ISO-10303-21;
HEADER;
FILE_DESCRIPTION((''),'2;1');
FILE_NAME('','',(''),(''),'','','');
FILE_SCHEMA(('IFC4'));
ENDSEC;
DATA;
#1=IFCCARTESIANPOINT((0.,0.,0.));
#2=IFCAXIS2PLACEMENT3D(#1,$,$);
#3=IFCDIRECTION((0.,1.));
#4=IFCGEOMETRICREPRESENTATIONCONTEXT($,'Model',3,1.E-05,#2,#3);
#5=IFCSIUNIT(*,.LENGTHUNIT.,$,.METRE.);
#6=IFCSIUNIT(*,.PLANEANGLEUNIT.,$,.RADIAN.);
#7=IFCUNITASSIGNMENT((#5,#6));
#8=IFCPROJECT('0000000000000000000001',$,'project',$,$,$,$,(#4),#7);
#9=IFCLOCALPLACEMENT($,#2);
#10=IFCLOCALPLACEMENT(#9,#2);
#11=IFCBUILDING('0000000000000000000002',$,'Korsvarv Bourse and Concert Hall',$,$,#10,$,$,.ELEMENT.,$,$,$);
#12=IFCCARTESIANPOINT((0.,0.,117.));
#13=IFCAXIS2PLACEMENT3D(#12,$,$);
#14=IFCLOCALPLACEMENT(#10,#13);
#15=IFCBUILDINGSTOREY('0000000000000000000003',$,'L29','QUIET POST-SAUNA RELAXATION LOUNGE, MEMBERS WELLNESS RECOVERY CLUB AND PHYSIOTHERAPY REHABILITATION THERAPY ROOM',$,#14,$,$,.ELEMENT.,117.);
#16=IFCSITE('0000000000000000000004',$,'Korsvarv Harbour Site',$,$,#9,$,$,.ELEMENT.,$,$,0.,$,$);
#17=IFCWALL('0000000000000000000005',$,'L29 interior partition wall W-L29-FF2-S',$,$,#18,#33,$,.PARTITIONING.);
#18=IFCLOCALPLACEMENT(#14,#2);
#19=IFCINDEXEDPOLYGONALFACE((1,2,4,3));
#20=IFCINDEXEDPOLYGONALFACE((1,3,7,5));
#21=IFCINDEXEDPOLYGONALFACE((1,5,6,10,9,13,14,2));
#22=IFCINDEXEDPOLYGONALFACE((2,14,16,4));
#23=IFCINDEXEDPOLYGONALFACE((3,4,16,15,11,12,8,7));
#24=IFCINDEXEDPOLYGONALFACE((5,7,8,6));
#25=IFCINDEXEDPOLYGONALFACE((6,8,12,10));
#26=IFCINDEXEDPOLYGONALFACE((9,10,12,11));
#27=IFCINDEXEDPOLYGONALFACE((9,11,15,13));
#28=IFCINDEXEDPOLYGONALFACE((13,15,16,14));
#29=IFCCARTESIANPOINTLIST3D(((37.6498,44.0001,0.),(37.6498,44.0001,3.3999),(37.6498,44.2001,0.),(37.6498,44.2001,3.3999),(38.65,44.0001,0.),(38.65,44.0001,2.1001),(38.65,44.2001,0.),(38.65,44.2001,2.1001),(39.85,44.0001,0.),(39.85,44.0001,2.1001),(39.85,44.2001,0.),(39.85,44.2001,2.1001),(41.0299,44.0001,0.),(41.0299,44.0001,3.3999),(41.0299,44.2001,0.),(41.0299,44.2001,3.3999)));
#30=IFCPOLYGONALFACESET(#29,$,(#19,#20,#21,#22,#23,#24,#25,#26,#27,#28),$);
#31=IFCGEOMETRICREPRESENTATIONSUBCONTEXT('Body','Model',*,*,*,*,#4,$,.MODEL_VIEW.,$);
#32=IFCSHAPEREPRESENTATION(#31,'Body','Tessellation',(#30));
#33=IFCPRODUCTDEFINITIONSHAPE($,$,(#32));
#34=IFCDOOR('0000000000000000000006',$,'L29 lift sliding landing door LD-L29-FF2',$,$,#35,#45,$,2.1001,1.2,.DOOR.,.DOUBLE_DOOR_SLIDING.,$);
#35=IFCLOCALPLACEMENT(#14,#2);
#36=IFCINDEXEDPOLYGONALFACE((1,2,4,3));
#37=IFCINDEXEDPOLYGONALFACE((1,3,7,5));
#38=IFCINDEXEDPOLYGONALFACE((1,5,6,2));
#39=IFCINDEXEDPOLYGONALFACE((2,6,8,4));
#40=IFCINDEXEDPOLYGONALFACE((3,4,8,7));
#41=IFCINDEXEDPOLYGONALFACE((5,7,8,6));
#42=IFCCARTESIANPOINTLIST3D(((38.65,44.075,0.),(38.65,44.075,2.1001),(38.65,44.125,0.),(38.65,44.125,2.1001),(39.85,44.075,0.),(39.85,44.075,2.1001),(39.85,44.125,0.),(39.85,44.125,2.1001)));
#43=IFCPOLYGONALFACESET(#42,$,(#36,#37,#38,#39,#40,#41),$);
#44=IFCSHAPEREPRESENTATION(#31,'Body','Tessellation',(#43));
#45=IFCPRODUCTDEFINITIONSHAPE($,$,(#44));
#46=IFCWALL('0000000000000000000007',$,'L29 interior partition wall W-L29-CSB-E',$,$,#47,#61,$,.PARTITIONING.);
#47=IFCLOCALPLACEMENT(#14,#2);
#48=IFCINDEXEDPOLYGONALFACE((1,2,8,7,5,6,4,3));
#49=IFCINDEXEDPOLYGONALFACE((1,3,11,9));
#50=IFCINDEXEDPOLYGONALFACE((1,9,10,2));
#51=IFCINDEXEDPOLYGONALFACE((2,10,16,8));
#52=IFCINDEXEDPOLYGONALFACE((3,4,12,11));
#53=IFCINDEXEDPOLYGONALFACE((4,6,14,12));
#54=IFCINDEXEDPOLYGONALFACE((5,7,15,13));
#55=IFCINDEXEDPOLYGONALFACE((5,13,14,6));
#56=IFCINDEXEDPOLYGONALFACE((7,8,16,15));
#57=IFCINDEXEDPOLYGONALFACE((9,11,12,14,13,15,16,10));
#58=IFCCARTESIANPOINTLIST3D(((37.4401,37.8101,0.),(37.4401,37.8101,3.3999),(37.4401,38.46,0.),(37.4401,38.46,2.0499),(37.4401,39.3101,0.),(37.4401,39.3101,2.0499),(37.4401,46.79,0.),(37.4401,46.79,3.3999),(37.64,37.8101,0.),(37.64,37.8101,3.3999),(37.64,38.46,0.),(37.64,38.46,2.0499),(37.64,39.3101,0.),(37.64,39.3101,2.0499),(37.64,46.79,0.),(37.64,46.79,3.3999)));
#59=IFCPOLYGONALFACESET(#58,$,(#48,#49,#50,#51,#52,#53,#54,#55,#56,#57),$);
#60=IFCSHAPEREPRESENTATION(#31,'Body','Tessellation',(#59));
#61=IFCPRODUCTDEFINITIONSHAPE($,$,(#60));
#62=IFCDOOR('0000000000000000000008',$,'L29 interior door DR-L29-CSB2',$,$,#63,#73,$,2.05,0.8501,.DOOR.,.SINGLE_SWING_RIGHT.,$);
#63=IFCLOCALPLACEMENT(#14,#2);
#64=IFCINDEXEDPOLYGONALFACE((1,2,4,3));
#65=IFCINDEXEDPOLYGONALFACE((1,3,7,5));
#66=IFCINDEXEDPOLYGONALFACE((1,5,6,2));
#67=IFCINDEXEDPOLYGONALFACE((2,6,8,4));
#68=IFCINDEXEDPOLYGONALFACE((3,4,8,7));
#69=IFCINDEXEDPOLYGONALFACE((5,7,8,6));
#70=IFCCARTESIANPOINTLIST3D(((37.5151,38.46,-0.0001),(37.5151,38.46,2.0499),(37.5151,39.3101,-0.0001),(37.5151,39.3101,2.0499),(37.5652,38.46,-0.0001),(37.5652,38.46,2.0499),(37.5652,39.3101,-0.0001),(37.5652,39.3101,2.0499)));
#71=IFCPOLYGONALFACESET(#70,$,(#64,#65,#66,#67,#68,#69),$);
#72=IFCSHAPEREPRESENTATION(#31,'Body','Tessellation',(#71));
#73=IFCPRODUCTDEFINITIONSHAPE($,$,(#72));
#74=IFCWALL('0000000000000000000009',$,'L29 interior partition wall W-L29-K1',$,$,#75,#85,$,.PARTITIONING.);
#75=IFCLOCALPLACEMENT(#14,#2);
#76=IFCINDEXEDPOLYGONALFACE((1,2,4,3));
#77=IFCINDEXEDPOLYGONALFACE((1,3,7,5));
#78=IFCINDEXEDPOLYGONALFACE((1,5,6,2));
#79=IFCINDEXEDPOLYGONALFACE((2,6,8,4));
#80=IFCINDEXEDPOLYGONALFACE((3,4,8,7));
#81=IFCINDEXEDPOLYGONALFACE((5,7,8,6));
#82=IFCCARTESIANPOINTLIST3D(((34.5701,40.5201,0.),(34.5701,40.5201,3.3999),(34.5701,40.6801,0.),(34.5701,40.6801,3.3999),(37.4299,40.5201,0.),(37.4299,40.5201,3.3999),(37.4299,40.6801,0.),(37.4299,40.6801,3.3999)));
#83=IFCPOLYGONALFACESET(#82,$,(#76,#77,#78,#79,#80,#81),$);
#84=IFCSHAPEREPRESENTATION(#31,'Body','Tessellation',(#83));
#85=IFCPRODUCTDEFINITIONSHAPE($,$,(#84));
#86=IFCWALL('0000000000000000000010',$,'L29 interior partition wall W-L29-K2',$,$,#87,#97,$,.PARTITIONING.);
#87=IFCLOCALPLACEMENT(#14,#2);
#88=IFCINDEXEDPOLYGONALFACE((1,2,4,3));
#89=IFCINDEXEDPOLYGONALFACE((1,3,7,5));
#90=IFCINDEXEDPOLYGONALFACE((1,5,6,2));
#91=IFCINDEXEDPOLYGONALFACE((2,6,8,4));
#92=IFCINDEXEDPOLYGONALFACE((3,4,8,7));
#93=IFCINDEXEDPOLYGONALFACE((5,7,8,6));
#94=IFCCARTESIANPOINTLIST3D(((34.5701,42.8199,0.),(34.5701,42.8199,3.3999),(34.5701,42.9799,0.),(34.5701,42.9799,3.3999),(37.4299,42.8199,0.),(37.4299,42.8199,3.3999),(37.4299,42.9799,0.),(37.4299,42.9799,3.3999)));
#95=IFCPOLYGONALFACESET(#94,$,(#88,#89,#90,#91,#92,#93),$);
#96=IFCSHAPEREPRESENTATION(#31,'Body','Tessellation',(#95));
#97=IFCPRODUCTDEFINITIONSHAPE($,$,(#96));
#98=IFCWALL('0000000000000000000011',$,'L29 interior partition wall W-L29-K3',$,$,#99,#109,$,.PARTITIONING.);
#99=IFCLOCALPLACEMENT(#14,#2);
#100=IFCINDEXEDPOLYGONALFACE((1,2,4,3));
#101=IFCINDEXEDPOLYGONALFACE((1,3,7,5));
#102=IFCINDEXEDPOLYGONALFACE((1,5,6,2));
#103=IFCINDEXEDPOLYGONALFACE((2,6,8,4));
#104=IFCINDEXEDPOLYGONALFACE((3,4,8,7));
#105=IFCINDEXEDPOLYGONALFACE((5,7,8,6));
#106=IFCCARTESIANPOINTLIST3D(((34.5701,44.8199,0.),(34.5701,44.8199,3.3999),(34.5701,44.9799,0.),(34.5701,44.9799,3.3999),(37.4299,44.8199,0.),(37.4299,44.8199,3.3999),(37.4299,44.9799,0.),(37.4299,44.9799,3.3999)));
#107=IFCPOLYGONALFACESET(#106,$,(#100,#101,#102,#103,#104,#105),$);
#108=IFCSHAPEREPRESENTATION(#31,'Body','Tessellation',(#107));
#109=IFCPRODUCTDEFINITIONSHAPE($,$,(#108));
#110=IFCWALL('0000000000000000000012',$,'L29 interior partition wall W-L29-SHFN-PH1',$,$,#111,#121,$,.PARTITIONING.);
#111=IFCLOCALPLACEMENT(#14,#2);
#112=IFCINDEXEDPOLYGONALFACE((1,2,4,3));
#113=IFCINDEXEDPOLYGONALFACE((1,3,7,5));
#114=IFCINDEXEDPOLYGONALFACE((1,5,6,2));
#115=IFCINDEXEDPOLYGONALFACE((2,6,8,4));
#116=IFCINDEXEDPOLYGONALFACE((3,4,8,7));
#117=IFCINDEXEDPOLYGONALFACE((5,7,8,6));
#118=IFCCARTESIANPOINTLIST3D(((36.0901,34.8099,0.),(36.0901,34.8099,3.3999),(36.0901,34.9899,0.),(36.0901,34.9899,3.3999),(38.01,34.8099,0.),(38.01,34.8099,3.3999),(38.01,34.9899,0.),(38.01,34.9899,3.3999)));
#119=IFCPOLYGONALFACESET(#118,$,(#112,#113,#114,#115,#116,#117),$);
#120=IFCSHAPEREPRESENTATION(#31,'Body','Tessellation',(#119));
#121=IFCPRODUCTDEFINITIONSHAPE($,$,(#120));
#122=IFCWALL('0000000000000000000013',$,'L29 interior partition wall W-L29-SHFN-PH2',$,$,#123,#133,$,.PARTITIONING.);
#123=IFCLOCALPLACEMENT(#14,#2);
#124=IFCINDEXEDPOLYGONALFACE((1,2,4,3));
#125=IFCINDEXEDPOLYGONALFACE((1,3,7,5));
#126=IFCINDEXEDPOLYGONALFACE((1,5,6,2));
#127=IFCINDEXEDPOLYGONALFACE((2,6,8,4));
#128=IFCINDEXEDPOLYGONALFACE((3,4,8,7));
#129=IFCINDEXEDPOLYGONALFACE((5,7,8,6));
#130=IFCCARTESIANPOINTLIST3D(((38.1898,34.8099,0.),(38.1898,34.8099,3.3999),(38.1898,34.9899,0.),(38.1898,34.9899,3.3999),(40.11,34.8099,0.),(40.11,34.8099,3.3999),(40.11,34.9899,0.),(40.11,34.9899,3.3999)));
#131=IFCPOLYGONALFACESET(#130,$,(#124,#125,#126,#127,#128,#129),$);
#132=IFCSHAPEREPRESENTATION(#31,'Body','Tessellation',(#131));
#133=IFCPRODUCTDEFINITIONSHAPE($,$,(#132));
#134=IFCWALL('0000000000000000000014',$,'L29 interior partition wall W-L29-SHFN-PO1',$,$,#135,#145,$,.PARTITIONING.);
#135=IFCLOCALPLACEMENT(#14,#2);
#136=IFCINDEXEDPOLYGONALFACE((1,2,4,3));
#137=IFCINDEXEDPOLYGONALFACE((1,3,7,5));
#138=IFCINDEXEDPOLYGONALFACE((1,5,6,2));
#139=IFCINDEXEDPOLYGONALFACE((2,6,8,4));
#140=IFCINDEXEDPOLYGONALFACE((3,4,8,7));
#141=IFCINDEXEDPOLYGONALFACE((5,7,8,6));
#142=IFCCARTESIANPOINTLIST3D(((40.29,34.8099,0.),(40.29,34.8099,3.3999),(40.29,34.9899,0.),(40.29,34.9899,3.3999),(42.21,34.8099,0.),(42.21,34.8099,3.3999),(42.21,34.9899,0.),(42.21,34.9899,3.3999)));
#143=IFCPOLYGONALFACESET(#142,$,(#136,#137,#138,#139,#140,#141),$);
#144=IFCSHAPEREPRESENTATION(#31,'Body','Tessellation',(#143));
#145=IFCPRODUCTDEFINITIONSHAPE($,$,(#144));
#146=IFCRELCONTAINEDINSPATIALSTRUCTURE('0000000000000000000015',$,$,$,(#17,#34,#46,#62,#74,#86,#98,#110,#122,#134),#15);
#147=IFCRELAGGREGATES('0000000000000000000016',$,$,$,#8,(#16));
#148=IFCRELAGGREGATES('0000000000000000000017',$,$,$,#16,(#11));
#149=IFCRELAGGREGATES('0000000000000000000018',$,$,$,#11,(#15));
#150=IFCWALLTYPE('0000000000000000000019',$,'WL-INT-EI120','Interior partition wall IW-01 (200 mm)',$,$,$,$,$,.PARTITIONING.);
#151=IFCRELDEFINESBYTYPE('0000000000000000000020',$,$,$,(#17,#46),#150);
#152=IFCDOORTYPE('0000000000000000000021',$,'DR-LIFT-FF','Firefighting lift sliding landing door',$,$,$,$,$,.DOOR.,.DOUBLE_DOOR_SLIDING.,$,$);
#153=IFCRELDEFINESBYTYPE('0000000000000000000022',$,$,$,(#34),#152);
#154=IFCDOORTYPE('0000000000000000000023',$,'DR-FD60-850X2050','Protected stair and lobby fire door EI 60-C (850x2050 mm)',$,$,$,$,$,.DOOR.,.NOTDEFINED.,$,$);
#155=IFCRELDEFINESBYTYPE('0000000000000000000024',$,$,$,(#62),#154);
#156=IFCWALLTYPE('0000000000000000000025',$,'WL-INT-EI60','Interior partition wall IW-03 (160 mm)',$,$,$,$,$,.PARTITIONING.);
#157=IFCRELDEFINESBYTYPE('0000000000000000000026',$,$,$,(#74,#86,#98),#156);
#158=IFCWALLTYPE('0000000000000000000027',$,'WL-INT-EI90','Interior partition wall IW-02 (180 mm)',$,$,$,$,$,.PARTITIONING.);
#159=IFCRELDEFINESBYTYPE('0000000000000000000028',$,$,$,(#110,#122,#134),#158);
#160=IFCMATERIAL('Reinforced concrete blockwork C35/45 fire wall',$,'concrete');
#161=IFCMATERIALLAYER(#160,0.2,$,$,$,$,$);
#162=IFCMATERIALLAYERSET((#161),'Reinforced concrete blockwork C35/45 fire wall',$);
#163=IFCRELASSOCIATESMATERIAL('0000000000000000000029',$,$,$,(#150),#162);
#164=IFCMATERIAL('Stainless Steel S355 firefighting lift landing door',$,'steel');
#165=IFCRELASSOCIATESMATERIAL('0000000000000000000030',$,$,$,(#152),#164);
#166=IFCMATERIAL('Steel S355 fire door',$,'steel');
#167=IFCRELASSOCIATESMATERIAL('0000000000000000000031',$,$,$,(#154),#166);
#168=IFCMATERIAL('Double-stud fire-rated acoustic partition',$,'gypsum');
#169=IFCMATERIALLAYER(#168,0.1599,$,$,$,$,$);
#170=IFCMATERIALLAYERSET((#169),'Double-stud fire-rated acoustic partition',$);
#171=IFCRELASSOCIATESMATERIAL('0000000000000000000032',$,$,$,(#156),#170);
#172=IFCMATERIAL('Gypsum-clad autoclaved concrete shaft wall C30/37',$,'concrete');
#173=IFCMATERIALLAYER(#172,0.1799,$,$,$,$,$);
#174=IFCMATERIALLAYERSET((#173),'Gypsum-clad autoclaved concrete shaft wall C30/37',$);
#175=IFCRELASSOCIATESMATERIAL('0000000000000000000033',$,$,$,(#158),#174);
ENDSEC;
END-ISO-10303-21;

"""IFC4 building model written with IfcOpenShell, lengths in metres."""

from ifc_helpers import new_model, si_unit, direction, frame, frame_2d, origin, place, context, subcontext, project, spatial, rectangle, extrude, material, layer, layer_set, type_object, element, fill, save


model = new_model("IFC4")

# Units and contexts
model_context = context("Model", 3, precision=1e-05, world=origin(), true_north=direction((0.0, 1.0)))
body_context = subcontext(model_context, "Body", "Model", "MODEL_VIEW")
ifc_project = project(units=[si_unit("LENGTHUNIT", "METRE"), si_unit("PLANEANGLEUNIT", "RADIAN")], contexts=[model_context])

# Site, building, storey
site_placement = place(None, origin())
site = spatial("IfcSite", under=ifc_project, at=site_placement, Name="Korsvarv Harbour Site", CompositionType="ELEMENT", RefElevation=0.0)
building_placement = place(site_placement, origin())
building = spatial("IfcBuilding", under=site, at=building_placement, Name="Korsvarv Bourse and Concert Hall", CompositionType="ELEMENT")
storey_placement = place(building_placement, frame((0.0, 0.0, 117.0)))
storey = spatial("IfcBuildingStorey", under=building, at=storey_placement, Name="L29", Description="QUIET POST-SAUNA RELAXATION LOUNGE, MEMBERS WELLNESS RECOVERY CLUB AND PHYSIOTHERAPY REHABILITATION THERAPY ROOM", CompositionType="ELEMENT", Elevation=117.0)

# Shared definitions
ifc_material_1 = material(Name="Steel S355 fire door", Category="steel")

# Walls, openings, doors
ifc_material_2 = material(Name="Reinforced concrete blockwork C35/45 fire wall", Category="concrete")
ifc_layer_1 = layer(ifc_material_2, 0.2)
ifc_layer_set_1 = layer_set([ifc_layer_1], Name="Reinforced concrete blockwork C35/45 fire wall")
wall_type_1 = type_object("IfcWallType", Name="WL-INT-EI120", Description="Interior partition wall IW-01 (200 mm)", PredefinedType="PARTITIONING", material=ifc_layer_set_1)
wall_1_placement = place(storey_placement, frame((37.6499, 44.1001, 0.0), z_axis=(0.0, 0.0, 1.0), x_axis=(1.0, 0.0, 0.0)))
wall_1 = element("IfcWall", 1, at=wall_1_placement, inside=storey, type_object=wall_type_1, Name="L29 interior partition wall W-L29-FF2-S", PredefinedType="PARTITIONING", context=body_context, shape_type="SweptSolid", body=[
    extrude(rectangle(XDim=3.3801, YDim=0.2, at=frame_2d((1.6899, 0.0))), origin(), (0.0, 0.0, 1.0), 3.3999),
])
opening_1_placement = place(wall_1_placement, frame((1.0, 0.0, 0.0)))
opening_1 = element("IfcOpeningElement", 2, at=opening_1_placement, cuts=wall_1, PredefinedType="OPENING", context=body_context, shape_type="SweptSolid", body=[
    extrude(rectangle(XDim=1.2, YDim=2.1001, at=frame_2d((0.6001, 1.05))), frame((0.0, 0.1099, 0.0), z_axis=(0.0, -1.0, 0.0), x_axis=(1.0, 0.0, 0.0)), (0.0, 0.0, 1.0), 0.22),
])
ifc_material_3 = material(Name="Stainless Steel S355 firefighting lift landing door", Category="steel")
door_type_1 = type_object("IfcDoorType", Name="DR-LIFT-FF", Description="Firefighting lift sliding landing door", OperationType="DOUBLE_DOOR_SLIDING", PredefinedType="DOOR", material=ifc_material_3)
door_1_placement = place(opening_1_placement, origin())
door_1 = element("IfcDoor", 3, at=door_1_placement, inside=storey, type_object=door_type_1, Name="L29 lift sliding landing door LD-L29-FF2", OperationType="DOUBLE_DOOR_SLIDING", OverallHeight=2.1001, OverallWidth=1.2, PredefinedType="DOOR", context=body_context, shape_type="SweptSolid", body=[
    extrude(rectangle(XDim=1.2, YDim=2.1001, at=frame_2d((0.6001, 1.05))), frame((0.0, 0.0249, 0.0), z_axis=(0.0, -1.0, 0.0), x_axis=(1.0, 0.0, 0.0)), (0.0, 0.0, 1.0), 0.05),
])
fill(opening_1, door_1)
wall_2_placement = place(storey_placement, frame((37.54, 37.8101, 0.0), z_axis=(0.0, 0.0, 1.0), x_axis=(0.0, 1.0, 0.0)))
wall_2 = element("IfcWall", 4, at=wall_2_placement, inside=storey, type_object=wall_type_1, Name="L29 interior partition wall W-L29-CSB-E", PredefinedType="PARTITIONING", context=body_context, shape_type="SweptSolid", body=[
    extrude(rectangle(XDim=8.98, YDim=0.2, at=frame_2d((4.49, 0.0))), origin(), (0.0, 0.0, 1.0), 3.3999),
])
opening_2_placement = place(wall_2_placement, frame((0.6499, 0.0, 0.0)))
opening_2 = element("IfcOpeningElement", 5, at=opening_2_placement, cuts=wall_2, PredefinedType="OPENING", context=body_context, shape_type="SweptSolid", body=[
    extrude(rectangle(XDim=0.8501, YDim=2.05, at=frame_2d((0.425, 1.0249))), frame((0.0, 0.1099, 0.0), z_axis=(0.0, -1.0, 0.0), x_axis=(1.0, 0.0, 0.0)), (0.0, 0.0, 1.0), 0.22),
])
door_type_2 = type_object("IfcDoorType", Name="DR-FD60-850X2050", Description="Protected stair and lobby fire door EI 60-C (850x2050 mm)", OperationType="NOTDEFINED", PredefinedType="DOOR", material=ifc_material_1)
door_2_placement = place(opening_2_placement, origin())
door_2 = element("IfcDoor", 6, at=door_2_placement, inside=storey, type_object=door_type_2, Name="L29 interior door DR-L29-CSB2", OperationType="SINGLE_SWING_RIGHT", OverallHeight=2.05, OverallWidth=0.8501, PredefinedType="DOOR", context=body_context, shape_type="SweptSolid", body=[
    extrude(rectangle(XDim=0.8501, YDim=2.05, at=frame_2d((0.425, 1.0249))), frame((0.0, 0.0249, 0.0), z_axis=(0.0, -1.0, 0.0), x_axis=(1.0, 0.0, 0.0)), (0.0, 0.0, 1.0), 0.05),
])
fill(opening_2, door_2)

# Walls
ifc_material_4 = material(Name="Double-stud fire-rated acoustic partition", Category="gypsum")
ifc_layer_2 = layer(ifc_material_4, 0.1599)
ifc_layer_set_2 = layer_set([ifc_layer_2], Name="Double-stud fire-rated acoustic partition")
wall_type_2 = type_object("IfcWallType", Name="WL-INT-EI60", Description="Interior partition wall IW-03 (160 mm)", PredefinedType="PARTITIONING", material=ifc_layer_set_2)
for number, where, z_axis, x_axis, name in (
    (7, (34.5701, 40.6001, 0.0), (0.0, 0.0, 1.0), (1.0, 0.0, 0.0), "L29 interior partition wall W-L29-K1"),
    (8, (34.5701, 42.8999, 0.0), (0.0, 0.0, 1.0), (1.0, 0.0, 0.0), "L29 interior partition wall W-L29-K2"),
    (9, (34.5701, 44.8999, 0.0), (0.0, 0.0, 1.0), (1.0, 0.0, 0.0), "L29 interior partition wall W-L29-K3"),
):
    element("IfcWall", number, at=place(storey_placement, frame(where, z_axis=z_axis, x_axis=x_axis)), inside=storey, type_object=wall_type_2, Name=name, PredefinedType="PARTITIONING", context=body_context, shape_type="SweptSolid", body=[
        extrude(rectangle(XDim=2.8599, YDim=0.1599, at=frame_2d((1.4299, 0.0))), origin(), (0.0, 0.0, 1.0), 3.3999),
    ])
ifc_material_5 = material(Name="Gypsum-clad autoclaved concrete shaft wall C30/37", Category="concrete")
ifc_layer_3 = layer(ifc_material_5, 0.1799)
ifc_layer_set_3 = layer_set([ifc_layer_3], Name="Gypsum-clad autoclaved concrete shaft wall C30/37")
wall_type_3 = type_object("IfcWallType", Name="WL-INT-EI90", Description="Interior partition wall IW-02 (180 mm)", PredefinedType="PARTITIONING", material=ifc_layer_set_3)
wall_3_placement = place(storey_placement, frame((36.0901, 34.8999, 0.0), z_axis=(0.0, 0.0, 1.0), x_axis=(1.0, 0.0, 0.0)))
element("IfcWall", 10, at=wall_3_placement, inside=storey, type_object=wall_type_3, Name="L29 interior partition wall W-L29-SHFN-PH1", PredefinedType="PARTITIONING", context=body_context, shape_type="SweptSolid", body=[
    extrude(rectangle(XDim=1.9199, YDim=0.1799, at=frame_2d((0.96, 0.0))), origin(), (0.0, 0.0, 1.0), 3.3999),
])
wall_4_placement = place(storey_placement, frame((38.1899, 34.8999, 0.0), z_axis=(0.0, 0.0, 1.0), x_axis=(1.0, 0.0, 0.0)))
element("IfcWall", 11, at=wall_4_placement, inside=storey, type_object=wall_type_3, Name="L29 interior partition wall W-L29-SHFN-PH2", PredefinedType="PARTITIONING", context=body_context, shape_type="SweptSolid", body=[
    extrude(rectangle(XDim=1.9202, YDim=0.1799, at=frame_2d((0.96, 0.0))), origin(), (0.0, 0.0, 1.0), 3.3999),
])
wall_5_placement = place(storey_placement, frame((40.29, 34.8999, 0.0), z_axis=(0.0, 0.0, 1.0), x_axis=(1.0, 0.0, 0.0)))
element("IfcWall", 12, at=wall_5_placement, inside=storey, type_object=wall_type_3, Name="L29 interior partition wall W-L29-SHFN-PO1", PredefinedType="PARTITIONING", context=body_context, shape_type="SweptSolid", body=[
    extrude(rectangle(XDim=1.9199, YDim=0.1799, at=frame_2d((0.96, 0.0))), origin(), (0.0, 0.0, 1.0), 3.3999),
])

save(model, "model.ifc")
